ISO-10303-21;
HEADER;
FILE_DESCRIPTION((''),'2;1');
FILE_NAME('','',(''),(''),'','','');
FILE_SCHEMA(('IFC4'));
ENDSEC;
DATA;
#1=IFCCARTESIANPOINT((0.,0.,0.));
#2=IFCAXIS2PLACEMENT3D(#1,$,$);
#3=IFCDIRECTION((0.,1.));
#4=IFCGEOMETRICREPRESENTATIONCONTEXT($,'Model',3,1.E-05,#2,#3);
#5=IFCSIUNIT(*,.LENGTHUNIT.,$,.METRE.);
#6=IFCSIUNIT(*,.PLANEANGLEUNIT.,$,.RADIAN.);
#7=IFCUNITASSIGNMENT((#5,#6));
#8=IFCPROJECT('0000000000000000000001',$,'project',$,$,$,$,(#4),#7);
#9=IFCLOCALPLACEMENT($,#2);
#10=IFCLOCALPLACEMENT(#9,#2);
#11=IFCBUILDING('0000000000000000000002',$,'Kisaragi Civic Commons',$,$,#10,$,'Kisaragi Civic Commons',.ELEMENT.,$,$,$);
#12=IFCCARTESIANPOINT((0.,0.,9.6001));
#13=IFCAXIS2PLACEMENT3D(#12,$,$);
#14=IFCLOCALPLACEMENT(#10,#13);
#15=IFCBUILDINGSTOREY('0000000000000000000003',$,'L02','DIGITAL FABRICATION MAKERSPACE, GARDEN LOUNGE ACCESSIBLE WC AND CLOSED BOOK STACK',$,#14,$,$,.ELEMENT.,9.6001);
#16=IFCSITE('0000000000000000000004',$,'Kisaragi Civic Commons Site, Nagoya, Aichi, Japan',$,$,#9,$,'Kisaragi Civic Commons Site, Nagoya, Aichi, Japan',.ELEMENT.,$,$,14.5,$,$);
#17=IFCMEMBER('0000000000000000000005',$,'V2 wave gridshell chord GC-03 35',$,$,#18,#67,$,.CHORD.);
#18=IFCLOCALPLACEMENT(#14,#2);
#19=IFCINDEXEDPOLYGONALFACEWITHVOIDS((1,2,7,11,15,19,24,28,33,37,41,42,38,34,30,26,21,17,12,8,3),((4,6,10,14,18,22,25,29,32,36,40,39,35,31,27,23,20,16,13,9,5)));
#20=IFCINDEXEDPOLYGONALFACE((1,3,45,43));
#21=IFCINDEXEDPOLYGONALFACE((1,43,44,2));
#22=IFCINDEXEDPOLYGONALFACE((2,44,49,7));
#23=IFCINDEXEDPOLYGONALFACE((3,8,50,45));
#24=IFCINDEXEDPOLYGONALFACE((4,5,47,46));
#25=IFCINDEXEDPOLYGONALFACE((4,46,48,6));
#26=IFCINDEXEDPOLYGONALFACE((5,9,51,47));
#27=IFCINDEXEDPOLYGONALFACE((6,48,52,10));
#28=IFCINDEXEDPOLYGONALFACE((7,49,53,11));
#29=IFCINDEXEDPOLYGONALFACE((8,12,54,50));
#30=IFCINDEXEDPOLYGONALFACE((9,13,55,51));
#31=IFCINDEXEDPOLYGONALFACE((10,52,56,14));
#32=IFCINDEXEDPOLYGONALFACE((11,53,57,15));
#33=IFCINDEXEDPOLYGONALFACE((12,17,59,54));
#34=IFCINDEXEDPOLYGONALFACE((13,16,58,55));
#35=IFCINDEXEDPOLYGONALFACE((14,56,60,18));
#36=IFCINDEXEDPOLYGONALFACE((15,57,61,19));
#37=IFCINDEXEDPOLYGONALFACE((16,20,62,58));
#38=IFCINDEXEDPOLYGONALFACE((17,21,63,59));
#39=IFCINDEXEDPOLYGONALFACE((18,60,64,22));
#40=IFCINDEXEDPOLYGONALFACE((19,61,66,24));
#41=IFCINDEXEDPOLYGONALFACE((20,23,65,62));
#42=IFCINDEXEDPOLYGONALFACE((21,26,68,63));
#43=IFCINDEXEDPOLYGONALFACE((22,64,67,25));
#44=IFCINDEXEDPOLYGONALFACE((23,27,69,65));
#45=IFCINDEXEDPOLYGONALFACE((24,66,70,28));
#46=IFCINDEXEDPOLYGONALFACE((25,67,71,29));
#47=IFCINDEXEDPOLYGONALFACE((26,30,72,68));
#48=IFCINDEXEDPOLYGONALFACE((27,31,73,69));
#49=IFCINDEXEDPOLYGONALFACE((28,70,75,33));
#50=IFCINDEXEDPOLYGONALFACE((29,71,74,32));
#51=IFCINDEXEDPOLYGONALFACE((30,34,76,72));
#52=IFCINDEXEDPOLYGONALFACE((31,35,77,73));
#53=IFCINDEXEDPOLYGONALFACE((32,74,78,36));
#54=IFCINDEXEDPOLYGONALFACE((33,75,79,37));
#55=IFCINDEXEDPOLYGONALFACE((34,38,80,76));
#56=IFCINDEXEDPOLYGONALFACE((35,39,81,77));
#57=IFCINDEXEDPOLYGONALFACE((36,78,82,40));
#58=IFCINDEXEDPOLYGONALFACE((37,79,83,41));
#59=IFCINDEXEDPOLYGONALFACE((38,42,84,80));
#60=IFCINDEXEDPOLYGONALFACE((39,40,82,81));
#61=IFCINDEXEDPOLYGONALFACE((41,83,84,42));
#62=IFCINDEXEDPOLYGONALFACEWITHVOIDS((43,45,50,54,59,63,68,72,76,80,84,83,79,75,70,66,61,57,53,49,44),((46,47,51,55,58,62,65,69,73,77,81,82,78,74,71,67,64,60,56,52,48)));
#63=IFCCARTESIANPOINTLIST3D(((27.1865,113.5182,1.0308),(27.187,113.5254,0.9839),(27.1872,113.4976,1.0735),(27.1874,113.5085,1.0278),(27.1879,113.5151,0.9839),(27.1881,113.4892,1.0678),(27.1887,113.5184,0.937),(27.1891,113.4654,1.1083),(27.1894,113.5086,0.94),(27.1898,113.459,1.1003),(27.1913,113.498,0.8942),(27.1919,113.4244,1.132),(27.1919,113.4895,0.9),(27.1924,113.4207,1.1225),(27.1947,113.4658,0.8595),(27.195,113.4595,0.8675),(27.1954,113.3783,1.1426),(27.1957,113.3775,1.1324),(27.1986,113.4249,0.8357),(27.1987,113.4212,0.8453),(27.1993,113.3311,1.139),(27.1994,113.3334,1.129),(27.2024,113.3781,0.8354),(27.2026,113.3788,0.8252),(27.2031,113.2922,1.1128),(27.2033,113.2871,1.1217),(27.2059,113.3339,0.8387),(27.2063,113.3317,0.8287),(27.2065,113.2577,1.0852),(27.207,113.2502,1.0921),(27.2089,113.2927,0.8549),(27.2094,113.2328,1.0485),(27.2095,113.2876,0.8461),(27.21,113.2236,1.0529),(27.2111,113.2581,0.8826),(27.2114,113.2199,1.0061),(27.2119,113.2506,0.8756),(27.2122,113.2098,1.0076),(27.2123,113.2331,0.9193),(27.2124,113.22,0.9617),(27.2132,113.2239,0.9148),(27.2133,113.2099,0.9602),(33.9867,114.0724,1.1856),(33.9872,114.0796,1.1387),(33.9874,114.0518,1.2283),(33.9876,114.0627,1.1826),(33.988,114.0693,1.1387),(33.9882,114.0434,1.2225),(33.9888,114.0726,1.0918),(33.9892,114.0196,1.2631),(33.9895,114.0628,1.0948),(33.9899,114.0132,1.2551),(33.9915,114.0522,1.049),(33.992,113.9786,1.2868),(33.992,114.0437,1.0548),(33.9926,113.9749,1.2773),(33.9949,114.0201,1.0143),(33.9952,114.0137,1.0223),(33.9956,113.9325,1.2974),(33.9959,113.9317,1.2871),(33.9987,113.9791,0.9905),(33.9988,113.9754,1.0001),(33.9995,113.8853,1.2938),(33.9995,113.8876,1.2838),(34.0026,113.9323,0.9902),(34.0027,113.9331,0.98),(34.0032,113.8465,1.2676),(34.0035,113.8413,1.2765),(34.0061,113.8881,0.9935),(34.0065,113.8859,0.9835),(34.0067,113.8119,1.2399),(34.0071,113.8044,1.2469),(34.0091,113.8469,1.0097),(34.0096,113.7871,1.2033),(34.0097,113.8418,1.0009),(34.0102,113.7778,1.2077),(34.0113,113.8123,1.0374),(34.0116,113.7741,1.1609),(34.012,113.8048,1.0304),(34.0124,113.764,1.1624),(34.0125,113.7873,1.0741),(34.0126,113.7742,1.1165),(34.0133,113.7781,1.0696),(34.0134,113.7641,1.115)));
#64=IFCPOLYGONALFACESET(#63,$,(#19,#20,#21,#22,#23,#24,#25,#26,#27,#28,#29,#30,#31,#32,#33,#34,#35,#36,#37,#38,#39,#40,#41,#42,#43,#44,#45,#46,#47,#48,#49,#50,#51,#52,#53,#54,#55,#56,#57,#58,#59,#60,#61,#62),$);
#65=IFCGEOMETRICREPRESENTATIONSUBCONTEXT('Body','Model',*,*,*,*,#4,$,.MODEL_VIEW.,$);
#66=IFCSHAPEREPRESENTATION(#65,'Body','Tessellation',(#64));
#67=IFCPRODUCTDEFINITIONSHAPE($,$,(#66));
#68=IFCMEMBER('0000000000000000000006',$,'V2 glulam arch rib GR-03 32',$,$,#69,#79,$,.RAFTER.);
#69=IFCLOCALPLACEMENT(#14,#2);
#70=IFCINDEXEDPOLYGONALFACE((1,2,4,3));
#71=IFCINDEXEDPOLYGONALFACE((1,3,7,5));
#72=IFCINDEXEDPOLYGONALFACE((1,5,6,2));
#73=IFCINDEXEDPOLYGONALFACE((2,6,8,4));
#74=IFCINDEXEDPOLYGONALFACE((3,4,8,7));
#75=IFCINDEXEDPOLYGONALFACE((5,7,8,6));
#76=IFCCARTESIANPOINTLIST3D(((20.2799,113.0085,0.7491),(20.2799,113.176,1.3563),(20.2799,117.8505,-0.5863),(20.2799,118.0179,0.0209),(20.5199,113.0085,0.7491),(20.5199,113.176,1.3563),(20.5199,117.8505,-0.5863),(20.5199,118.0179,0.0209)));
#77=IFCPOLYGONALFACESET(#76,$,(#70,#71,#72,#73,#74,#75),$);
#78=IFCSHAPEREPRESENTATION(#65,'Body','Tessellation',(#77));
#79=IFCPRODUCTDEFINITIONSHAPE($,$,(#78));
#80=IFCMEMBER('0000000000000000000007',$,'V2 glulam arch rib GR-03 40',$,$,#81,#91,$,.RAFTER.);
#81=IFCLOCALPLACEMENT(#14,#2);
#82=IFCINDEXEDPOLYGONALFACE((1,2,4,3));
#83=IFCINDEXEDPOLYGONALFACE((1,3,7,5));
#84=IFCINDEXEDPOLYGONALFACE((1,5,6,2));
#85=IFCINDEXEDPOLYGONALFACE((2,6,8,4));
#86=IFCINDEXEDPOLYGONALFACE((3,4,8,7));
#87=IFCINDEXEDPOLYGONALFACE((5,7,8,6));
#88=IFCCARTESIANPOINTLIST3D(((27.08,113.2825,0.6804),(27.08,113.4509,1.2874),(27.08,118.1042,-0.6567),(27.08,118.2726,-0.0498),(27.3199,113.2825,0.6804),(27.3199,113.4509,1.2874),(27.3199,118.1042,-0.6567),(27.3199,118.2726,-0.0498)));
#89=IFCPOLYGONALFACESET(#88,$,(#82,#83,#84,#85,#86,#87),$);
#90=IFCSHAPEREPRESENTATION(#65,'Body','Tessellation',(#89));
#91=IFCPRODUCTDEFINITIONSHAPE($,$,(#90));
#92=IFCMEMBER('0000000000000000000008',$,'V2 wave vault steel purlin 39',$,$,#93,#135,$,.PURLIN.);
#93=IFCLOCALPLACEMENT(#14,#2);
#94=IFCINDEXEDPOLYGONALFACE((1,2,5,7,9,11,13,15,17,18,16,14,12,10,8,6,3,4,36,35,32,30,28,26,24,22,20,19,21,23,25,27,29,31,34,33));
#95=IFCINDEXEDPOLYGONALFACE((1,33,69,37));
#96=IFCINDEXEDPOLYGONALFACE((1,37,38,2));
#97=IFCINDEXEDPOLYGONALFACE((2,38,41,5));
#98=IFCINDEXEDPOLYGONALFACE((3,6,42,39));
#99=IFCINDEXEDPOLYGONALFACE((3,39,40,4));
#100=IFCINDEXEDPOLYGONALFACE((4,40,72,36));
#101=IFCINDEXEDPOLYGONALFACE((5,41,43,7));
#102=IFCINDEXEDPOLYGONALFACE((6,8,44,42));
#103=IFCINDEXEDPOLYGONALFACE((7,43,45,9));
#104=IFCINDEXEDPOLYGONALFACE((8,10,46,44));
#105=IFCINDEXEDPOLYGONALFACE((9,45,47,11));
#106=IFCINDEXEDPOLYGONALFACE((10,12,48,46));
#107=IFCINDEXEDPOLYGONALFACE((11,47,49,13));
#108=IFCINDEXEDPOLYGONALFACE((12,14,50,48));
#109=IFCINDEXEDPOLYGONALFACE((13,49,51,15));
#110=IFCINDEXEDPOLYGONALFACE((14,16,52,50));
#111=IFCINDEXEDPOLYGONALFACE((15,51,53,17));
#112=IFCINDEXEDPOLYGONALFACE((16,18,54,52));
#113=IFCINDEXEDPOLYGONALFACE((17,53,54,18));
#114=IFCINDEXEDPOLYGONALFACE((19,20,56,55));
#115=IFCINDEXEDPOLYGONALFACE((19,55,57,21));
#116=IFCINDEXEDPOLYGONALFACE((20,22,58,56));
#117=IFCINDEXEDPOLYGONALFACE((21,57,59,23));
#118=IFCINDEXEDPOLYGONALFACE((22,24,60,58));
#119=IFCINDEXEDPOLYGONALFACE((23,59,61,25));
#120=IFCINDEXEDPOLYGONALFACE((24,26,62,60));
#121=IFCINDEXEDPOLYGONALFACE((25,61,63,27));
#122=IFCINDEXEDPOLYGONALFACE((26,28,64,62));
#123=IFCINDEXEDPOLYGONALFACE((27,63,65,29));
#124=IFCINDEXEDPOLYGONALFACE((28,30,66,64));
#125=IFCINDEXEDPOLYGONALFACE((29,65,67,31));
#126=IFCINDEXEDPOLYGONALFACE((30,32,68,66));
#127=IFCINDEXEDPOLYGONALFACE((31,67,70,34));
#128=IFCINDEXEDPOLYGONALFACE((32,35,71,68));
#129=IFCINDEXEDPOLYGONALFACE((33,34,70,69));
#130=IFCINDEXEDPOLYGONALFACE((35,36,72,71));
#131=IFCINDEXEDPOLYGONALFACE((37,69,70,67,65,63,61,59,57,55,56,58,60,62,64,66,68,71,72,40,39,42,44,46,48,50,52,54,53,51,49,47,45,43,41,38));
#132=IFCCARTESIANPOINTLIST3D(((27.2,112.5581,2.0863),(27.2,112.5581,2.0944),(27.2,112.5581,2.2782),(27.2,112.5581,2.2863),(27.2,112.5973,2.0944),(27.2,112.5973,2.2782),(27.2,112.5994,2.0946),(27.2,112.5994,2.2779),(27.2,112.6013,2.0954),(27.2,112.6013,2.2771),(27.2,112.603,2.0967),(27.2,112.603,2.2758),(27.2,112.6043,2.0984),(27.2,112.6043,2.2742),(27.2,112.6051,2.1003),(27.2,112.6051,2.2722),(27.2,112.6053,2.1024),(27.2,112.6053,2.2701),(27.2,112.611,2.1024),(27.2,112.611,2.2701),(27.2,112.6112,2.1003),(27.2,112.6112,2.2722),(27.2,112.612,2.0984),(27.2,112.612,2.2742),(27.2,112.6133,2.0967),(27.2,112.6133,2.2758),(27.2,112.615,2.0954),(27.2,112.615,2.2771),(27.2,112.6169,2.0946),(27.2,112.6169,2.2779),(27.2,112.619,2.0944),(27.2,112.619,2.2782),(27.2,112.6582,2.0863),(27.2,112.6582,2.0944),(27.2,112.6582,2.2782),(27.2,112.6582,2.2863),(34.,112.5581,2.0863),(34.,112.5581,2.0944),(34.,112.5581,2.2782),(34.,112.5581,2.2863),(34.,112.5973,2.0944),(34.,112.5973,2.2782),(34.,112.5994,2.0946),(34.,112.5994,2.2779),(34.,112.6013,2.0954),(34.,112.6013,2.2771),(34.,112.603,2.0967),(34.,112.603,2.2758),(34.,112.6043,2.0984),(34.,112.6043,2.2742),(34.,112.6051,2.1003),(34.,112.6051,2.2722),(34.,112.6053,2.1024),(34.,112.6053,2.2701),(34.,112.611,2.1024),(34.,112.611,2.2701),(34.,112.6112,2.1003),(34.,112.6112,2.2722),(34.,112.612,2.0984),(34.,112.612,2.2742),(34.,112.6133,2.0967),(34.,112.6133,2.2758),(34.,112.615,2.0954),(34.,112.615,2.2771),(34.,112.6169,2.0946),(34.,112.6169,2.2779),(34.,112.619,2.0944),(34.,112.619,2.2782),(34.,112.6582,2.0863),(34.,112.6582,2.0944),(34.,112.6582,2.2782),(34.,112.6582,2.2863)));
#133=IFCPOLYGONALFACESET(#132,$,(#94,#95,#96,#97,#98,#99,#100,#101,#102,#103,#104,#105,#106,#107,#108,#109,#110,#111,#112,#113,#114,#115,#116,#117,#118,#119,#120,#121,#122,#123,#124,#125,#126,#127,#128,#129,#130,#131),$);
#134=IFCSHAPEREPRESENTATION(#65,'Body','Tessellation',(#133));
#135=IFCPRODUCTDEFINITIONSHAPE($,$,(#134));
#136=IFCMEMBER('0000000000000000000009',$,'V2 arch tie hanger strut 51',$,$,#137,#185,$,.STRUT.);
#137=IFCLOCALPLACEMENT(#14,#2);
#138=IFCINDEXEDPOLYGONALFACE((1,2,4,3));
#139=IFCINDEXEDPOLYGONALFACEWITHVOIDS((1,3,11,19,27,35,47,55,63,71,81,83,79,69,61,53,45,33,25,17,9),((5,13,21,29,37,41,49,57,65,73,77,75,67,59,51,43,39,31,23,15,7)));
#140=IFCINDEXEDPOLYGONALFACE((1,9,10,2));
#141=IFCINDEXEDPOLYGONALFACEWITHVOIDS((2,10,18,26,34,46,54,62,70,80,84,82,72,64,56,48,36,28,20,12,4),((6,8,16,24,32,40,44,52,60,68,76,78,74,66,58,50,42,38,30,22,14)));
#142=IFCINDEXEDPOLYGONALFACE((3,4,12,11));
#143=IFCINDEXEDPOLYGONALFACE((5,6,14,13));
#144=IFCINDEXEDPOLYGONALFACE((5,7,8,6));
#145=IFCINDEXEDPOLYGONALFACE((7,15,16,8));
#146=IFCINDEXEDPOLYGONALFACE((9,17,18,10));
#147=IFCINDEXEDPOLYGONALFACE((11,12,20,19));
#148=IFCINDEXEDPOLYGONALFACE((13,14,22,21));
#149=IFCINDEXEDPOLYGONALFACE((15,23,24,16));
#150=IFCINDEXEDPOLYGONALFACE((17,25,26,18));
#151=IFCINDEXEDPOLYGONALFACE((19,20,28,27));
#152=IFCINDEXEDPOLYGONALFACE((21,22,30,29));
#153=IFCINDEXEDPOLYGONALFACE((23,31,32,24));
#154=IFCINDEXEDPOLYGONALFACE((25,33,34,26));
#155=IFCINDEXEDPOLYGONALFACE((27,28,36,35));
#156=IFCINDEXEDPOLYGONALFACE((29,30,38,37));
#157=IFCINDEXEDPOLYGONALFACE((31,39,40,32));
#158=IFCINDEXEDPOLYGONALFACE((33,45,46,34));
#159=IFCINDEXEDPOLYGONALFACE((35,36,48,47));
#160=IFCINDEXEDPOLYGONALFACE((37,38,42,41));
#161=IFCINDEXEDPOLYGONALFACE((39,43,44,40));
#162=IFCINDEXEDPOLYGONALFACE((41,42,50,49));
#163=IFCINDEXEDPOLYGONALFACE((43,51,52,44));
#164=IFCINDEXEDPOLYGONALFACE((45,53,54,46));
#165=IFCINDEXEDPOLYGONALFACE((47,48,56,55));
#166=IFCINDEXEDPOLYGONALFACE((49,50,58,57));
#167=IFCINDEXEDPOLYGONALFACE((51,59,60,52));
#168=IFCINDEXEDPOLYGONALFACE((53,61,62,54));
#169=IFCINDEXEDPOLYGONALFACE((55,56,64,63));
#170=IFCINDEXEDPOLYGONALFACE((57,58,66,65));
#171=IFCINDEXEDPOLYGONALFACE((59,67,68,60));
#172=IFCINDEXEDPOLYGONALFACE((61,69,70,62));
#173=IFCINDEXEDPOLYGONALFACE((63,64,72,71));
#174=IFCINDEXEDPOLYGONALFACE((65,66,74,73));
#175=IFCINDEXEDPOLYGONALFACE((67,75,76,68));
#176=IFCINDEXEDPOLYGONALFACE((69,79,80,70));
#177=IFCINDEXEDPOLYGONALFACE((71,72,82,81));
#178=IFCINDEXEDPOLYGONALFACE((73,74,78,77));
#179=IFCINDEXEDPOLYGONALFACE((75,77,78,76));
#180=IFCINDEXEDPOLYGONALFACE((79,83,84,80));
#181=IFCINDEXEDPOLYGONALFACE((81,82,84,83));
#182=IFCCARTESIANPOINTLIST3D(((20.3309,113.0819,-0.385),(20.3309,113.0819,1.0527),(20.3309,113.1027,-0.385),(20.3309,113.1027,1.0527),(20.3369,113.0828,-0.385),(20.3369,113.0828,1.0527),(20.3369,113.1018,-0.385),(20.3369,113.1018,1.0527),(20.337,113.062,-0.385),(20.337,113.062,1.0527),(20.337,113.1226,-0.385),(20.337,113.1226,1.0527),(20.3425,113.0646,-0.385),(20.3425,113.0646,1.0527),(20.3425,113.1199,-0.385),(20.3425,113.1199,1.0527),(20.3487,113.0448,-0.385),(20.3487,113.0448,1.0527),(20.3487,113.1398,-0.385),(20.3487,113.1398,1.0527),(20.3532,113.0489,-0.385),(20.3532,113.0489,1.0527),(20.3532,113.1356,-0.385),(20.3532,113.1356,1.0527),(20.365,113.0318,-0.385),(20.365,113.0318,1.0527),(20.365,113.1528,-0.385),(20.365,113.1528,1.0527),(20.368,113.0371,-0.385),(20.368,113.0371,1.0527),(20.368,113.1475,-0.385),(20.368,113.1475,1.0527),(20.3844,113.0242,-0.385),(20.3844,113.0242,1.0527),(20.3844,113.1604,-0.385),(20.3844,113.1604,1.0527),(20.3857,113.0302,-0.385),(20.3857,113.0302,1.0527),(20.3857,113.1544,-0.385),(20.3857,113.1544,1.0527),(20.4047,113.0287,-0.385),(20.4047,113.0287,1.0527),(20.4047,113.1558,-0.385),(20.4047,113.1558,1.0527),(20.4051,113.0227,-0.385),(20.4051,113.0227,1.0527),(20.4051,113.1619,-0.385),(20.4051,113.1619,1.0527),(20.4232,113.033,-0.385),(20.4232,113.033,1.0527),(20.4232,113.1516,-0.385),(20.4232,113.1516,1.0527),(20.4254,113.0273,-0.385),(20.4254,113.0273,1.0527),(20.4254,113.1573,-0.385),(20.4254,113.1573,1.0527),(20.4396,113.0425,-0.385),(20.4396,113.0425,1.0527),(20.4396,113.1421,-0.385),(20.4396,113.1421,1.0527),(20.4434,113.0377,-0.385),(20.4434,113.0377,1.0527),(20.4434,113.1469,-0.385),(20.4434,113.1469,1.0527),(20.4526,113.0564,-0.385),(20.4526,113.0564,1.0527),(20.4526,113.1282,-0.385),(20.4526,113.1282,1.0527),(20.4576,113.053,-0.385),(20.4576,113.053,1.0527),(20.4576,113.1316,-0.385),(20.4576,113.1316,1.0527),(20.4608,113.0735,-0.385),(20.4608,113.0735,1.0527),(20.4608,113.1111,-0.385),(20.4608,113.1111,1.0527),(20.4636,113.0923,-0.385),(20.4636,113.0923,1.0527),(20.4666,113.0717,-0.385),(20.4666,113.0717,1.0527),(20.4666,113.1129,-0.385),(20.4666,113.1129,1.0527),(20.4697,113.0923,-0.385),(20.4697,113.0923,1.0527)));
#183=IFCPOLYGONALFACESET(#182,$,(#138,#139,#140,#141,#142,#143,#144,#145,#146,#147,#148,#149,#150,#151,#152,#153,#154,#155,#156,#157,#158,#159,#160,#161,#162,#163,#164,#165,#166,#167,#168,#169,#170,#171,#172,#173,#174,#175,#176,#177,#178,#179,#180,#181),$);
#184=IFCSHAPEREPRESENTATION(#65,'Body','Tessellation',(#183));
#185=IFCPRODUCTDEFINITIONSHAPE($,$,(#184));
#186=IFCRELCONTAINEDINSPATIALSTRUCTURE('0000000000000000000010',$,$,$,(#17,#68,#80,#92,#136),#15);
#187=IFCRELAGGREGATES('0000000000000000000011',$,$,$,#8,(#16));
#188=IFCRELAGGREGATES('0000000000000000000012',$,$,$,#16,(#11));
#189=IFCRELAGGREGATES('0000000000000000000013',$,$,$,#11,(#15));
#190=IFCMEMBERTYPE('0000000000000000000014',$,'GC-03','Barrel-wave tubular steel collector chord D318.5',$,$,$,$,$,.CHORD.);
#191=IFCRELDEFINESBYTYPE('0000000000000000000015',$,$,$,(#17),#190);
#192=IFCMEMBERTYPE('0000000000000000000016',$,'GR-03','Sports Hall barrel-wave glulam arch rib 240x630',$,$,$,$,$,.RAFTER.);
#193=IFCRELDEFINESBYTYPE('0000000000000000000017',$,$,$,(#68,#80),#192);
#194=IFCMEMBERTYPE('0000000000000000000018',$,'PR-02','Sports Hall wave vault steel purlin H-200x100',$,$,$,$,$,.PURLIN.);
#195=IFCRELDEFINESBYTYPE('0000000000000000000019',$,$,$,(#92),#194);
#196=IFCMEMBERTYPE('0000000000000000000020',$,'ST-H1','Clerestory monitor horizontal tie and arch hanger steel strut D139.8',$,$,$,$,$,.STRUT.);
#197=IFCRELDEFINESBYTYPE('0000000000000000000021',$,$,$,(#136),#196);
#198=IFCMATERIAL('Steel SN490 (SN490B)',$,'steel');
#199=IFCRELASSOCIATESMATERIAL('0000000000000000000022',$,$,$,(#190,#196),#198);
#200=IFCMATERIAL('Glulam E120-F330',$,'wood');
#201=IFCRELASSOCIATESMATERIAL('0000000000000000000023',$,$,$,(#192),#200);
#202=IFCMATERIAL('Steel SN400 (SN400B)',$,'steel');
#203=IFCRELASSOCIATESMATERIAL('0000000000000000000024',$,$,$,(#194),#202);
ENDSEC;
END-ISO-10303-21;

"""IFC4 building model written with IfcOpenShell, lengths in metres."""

from ifc_helpers import new_model, si_unit, direction, frame, origin, origin_2d, place, context, subcontext, project, spatial, rectangle, hollow_circle, i_section, extrude, material, material_profile, profile_set, type_object, element, save


model = new_model("IFC4")

# Units and contexts
model_context = context("Model", 3, precision=1e-05, world=origin(), true_north=direction((0.0, 1.0)))
body_context = subcontext(model_context, "Body", "Model", "MODEL_VIEW")
ifc_project = project(units=[si_unit("LENGTHUNIT", "METRE"), si_unit("PLANEANGLEUNIT", "RADIAN")], contexts=[model_context])

# Site, building, storey
site_placement = place(None, origin())
site = spatial("IfcSite", under=ifc_project, at=site_placement, Name="Kisaragi Civic Commons Site, Nagoya, Aichi, Japan", LongName="Kisaragi Civic Commons Site, Nagoya, Aichi, Japan", CompositionType="ELEMENT", RefElevation=14.5)
building_placement = place(site_placement, origin())
building = spatial("IfcBuilding", under=site, at=building_placement, Name="Kisaragi Civic Commons", LongName="Kisaragi Civic Commons", CompositionType="ELEMENT")
storey_placement = place(building_placement, frame((0.0, 0.0, 9.6001)))
storey = spatial("IfcBuildingStorey", under=building, at=storey_placement, Name="L02", Description="DIGITAL FABRICATION MAKERSPACE, GARDEN LOUNGE ACCESSIBLE WC AND CLOSED BOOK STACK", CompositionType="ELEMENT", Elevation=9.6001)

# Members
ifc_material_1 = material(Name="Steel SN490 (SN490B)", Category="steel")
ifc_material_profile_1 = material_profile(ifc_material_1, hollow_circle(Radius=0.1592, WallThickness=0.0103, at=origin_2d()), Name="CHS-318.5x10.3", Category="steel")
ifc_profile_set_1 = profile_set([ifc_material_profile_1], Name="Steel SN490 (SN490B)")
member_type_1 = type_object("IfcMemberType", Name="GC-03", Description="Barrel-wave tubular steel collector chord D318.5", PredefinedType="CHORD", material=ifc_profile_set_1)
member_1_placement = place(storey_placement, frame((27.2, 113.3667, 0.9839), z_axis=(0.996439, 0.081209, 0.022681), x_axis=(-0.08123, 0.996695, 0.0)))
element("IfcMember", 1, at=member_1_placement, inside=storey, type_object=member_type_1, Name="V2 wave gridshell chord GC-03 35", PredefinedType="CHORD", context=body_context, shape_type="SweptSolid", body=[
    extrude(hollow_circle(Radius=0.1592, WallThickness=0.0103, at=origin_2d()), origin(), (0.0, 0.0, 1.0), 6.8245),
])
ifc_material_2 = material(Name="Glulam E120-F330", Category="wood")
ifc_material_profile_2 = material_profile(ifc_material_2, rectangle(XDim=0.24, YDim=0.6299, at=origin_2d()), Name="GL-240x630", Category="wood")
ifc_profile_set_2 = profile_set([ifc_material_profile_2], Name="Glulam E120-F330")
member_type_2 = type_object("IfcMemberType", Name="GR-03", Description="Sports Hall barrel-wave glulam arch rib 240x630", PredefinedType="RAFTER", material=ifc_profile_set_2)
member_2_placement = place(storey_placement, frame((20.3999, 113.0923, 1.0527), z_axis=(0.0, 0.964004, -0.265888), x_axis=(-1.0, 0.0, 0.0)))
element("IfcMember", 2, at=member_2_placement, inside=storey, type_object=member_type_2, Name="V2 glulam arch rib GR-03 32", PredefinedType="RAFTER", context=body_context, shape_type="SweptSolid", body=[
    extrude(rectangle(XDim=0.24, YDim=0.6299, at=origin_2d()), origin(), (0.0, 0.0, 1.0), 5.0227),
])
member_3_placement = place(storey_placement, frame((27.2, 113.3667, 0.9839), z_axis=(0.0, 0.963632, -0.267231), x_axis=(-1.0, 0.0, 0.0)))
element("IfcMember", 3, at=member_3_placement, inside=storey, type_object=member_type_2, Name="V2 glulam arch rib GR-03 40", PredefinedType="RAFTER", context=body_context, shape_type="SweptSolid", body=[
    extrude(rectangle(XDim=0.24, YDim=0.6299, at=origin_2d()), origin(), (0.0, 0.0, 1.0), 5.0037),
])
ifc_material_3 = material(Name="Steel SN400 (SN400B)", Category="steel")
ifc_material_profile_3 = material_profile(ifc_material_3, i_section(OverallWidth=0.1001, OverallDepth=0.2, WebThickness=0.0056, FlangeThickness=0.0081, FilletRadius=0.0081, at=origin_2d()), Name="H-200x100x5.5x8", Category="steel")
ifc_profile_set_3 = profile_set([ifc_material_profile_3], Name="Steel SN400 (SN400B)")
member_type_3 = type_object("IfcMemberType", Name="PR-02", Description="Sports Hall wave vault steel purlin H-200x100", PredefinedType="PURLIN", material=ifc_profile_set_3)
member_4_placement = place(storey_placement, frame((27.2, 112.6082, 2.1863), z_axis=(1.0, 0.0, 0.0), x_axis=(0.0, 1.0, 0.0)))
element("IfcMember", 4, at=member_4_placement, inside=storey, type_object=member_type_3, Name="V2 wave vault steel purlin 39", PredefinedType="PURLIN", context=body_context, shape_type="SweptSolid", body=[
    extrude(i_section(OverallWidth=0.1001, OverallDepth=0.2, WebThickness=0.0056, FlangeThickness=0.0081, FilletRadius=0.0081, at=origin_2d()), origin(), (0.0, 0.0, 1.0), 6.8),
])
ifc_material_profile_4 = material_profile(ifc_material_1, hollow_circle(Radius=0.0698, WallThickness=0.0061, at=origin_2d()), Name="CHS-139.8x6.0", Category="steel")
ifc_profile_set_4 = profile_set([ifc_material_profile_4], Name="Steel SN490 (SN490B)")
member_type_4 = type_object("IfcMemberType", Name="ST-H1", Description="Clerestory monitor horizontal tie and arch hanger steel strut D139.8", PredefinedType="STRUT", material=ifc_profile_set_4)
member_5_placement = place(storey_placement, frame((20.3999, 113.0923, -0.385), z_axis=(0.0, 0.0, 1.0), x_axis=(1.0, 0.0, 0.0)))
element("IfcMember", 5, at=member_5_placement, inside=storey, type_object=member_type_4, Name="V2 arch tie hanger strut 51", PredefinedType="STRUT", context=body_context, shape_type="SweptSolid", body=[
    extrude(hollow_circle(Radius=0.0698, WallThickness=0.0061, at=origin_2d()), origin(), (0.0, 0.0, 1.0), 1.4377),
])

save(model, "model.ifc")
